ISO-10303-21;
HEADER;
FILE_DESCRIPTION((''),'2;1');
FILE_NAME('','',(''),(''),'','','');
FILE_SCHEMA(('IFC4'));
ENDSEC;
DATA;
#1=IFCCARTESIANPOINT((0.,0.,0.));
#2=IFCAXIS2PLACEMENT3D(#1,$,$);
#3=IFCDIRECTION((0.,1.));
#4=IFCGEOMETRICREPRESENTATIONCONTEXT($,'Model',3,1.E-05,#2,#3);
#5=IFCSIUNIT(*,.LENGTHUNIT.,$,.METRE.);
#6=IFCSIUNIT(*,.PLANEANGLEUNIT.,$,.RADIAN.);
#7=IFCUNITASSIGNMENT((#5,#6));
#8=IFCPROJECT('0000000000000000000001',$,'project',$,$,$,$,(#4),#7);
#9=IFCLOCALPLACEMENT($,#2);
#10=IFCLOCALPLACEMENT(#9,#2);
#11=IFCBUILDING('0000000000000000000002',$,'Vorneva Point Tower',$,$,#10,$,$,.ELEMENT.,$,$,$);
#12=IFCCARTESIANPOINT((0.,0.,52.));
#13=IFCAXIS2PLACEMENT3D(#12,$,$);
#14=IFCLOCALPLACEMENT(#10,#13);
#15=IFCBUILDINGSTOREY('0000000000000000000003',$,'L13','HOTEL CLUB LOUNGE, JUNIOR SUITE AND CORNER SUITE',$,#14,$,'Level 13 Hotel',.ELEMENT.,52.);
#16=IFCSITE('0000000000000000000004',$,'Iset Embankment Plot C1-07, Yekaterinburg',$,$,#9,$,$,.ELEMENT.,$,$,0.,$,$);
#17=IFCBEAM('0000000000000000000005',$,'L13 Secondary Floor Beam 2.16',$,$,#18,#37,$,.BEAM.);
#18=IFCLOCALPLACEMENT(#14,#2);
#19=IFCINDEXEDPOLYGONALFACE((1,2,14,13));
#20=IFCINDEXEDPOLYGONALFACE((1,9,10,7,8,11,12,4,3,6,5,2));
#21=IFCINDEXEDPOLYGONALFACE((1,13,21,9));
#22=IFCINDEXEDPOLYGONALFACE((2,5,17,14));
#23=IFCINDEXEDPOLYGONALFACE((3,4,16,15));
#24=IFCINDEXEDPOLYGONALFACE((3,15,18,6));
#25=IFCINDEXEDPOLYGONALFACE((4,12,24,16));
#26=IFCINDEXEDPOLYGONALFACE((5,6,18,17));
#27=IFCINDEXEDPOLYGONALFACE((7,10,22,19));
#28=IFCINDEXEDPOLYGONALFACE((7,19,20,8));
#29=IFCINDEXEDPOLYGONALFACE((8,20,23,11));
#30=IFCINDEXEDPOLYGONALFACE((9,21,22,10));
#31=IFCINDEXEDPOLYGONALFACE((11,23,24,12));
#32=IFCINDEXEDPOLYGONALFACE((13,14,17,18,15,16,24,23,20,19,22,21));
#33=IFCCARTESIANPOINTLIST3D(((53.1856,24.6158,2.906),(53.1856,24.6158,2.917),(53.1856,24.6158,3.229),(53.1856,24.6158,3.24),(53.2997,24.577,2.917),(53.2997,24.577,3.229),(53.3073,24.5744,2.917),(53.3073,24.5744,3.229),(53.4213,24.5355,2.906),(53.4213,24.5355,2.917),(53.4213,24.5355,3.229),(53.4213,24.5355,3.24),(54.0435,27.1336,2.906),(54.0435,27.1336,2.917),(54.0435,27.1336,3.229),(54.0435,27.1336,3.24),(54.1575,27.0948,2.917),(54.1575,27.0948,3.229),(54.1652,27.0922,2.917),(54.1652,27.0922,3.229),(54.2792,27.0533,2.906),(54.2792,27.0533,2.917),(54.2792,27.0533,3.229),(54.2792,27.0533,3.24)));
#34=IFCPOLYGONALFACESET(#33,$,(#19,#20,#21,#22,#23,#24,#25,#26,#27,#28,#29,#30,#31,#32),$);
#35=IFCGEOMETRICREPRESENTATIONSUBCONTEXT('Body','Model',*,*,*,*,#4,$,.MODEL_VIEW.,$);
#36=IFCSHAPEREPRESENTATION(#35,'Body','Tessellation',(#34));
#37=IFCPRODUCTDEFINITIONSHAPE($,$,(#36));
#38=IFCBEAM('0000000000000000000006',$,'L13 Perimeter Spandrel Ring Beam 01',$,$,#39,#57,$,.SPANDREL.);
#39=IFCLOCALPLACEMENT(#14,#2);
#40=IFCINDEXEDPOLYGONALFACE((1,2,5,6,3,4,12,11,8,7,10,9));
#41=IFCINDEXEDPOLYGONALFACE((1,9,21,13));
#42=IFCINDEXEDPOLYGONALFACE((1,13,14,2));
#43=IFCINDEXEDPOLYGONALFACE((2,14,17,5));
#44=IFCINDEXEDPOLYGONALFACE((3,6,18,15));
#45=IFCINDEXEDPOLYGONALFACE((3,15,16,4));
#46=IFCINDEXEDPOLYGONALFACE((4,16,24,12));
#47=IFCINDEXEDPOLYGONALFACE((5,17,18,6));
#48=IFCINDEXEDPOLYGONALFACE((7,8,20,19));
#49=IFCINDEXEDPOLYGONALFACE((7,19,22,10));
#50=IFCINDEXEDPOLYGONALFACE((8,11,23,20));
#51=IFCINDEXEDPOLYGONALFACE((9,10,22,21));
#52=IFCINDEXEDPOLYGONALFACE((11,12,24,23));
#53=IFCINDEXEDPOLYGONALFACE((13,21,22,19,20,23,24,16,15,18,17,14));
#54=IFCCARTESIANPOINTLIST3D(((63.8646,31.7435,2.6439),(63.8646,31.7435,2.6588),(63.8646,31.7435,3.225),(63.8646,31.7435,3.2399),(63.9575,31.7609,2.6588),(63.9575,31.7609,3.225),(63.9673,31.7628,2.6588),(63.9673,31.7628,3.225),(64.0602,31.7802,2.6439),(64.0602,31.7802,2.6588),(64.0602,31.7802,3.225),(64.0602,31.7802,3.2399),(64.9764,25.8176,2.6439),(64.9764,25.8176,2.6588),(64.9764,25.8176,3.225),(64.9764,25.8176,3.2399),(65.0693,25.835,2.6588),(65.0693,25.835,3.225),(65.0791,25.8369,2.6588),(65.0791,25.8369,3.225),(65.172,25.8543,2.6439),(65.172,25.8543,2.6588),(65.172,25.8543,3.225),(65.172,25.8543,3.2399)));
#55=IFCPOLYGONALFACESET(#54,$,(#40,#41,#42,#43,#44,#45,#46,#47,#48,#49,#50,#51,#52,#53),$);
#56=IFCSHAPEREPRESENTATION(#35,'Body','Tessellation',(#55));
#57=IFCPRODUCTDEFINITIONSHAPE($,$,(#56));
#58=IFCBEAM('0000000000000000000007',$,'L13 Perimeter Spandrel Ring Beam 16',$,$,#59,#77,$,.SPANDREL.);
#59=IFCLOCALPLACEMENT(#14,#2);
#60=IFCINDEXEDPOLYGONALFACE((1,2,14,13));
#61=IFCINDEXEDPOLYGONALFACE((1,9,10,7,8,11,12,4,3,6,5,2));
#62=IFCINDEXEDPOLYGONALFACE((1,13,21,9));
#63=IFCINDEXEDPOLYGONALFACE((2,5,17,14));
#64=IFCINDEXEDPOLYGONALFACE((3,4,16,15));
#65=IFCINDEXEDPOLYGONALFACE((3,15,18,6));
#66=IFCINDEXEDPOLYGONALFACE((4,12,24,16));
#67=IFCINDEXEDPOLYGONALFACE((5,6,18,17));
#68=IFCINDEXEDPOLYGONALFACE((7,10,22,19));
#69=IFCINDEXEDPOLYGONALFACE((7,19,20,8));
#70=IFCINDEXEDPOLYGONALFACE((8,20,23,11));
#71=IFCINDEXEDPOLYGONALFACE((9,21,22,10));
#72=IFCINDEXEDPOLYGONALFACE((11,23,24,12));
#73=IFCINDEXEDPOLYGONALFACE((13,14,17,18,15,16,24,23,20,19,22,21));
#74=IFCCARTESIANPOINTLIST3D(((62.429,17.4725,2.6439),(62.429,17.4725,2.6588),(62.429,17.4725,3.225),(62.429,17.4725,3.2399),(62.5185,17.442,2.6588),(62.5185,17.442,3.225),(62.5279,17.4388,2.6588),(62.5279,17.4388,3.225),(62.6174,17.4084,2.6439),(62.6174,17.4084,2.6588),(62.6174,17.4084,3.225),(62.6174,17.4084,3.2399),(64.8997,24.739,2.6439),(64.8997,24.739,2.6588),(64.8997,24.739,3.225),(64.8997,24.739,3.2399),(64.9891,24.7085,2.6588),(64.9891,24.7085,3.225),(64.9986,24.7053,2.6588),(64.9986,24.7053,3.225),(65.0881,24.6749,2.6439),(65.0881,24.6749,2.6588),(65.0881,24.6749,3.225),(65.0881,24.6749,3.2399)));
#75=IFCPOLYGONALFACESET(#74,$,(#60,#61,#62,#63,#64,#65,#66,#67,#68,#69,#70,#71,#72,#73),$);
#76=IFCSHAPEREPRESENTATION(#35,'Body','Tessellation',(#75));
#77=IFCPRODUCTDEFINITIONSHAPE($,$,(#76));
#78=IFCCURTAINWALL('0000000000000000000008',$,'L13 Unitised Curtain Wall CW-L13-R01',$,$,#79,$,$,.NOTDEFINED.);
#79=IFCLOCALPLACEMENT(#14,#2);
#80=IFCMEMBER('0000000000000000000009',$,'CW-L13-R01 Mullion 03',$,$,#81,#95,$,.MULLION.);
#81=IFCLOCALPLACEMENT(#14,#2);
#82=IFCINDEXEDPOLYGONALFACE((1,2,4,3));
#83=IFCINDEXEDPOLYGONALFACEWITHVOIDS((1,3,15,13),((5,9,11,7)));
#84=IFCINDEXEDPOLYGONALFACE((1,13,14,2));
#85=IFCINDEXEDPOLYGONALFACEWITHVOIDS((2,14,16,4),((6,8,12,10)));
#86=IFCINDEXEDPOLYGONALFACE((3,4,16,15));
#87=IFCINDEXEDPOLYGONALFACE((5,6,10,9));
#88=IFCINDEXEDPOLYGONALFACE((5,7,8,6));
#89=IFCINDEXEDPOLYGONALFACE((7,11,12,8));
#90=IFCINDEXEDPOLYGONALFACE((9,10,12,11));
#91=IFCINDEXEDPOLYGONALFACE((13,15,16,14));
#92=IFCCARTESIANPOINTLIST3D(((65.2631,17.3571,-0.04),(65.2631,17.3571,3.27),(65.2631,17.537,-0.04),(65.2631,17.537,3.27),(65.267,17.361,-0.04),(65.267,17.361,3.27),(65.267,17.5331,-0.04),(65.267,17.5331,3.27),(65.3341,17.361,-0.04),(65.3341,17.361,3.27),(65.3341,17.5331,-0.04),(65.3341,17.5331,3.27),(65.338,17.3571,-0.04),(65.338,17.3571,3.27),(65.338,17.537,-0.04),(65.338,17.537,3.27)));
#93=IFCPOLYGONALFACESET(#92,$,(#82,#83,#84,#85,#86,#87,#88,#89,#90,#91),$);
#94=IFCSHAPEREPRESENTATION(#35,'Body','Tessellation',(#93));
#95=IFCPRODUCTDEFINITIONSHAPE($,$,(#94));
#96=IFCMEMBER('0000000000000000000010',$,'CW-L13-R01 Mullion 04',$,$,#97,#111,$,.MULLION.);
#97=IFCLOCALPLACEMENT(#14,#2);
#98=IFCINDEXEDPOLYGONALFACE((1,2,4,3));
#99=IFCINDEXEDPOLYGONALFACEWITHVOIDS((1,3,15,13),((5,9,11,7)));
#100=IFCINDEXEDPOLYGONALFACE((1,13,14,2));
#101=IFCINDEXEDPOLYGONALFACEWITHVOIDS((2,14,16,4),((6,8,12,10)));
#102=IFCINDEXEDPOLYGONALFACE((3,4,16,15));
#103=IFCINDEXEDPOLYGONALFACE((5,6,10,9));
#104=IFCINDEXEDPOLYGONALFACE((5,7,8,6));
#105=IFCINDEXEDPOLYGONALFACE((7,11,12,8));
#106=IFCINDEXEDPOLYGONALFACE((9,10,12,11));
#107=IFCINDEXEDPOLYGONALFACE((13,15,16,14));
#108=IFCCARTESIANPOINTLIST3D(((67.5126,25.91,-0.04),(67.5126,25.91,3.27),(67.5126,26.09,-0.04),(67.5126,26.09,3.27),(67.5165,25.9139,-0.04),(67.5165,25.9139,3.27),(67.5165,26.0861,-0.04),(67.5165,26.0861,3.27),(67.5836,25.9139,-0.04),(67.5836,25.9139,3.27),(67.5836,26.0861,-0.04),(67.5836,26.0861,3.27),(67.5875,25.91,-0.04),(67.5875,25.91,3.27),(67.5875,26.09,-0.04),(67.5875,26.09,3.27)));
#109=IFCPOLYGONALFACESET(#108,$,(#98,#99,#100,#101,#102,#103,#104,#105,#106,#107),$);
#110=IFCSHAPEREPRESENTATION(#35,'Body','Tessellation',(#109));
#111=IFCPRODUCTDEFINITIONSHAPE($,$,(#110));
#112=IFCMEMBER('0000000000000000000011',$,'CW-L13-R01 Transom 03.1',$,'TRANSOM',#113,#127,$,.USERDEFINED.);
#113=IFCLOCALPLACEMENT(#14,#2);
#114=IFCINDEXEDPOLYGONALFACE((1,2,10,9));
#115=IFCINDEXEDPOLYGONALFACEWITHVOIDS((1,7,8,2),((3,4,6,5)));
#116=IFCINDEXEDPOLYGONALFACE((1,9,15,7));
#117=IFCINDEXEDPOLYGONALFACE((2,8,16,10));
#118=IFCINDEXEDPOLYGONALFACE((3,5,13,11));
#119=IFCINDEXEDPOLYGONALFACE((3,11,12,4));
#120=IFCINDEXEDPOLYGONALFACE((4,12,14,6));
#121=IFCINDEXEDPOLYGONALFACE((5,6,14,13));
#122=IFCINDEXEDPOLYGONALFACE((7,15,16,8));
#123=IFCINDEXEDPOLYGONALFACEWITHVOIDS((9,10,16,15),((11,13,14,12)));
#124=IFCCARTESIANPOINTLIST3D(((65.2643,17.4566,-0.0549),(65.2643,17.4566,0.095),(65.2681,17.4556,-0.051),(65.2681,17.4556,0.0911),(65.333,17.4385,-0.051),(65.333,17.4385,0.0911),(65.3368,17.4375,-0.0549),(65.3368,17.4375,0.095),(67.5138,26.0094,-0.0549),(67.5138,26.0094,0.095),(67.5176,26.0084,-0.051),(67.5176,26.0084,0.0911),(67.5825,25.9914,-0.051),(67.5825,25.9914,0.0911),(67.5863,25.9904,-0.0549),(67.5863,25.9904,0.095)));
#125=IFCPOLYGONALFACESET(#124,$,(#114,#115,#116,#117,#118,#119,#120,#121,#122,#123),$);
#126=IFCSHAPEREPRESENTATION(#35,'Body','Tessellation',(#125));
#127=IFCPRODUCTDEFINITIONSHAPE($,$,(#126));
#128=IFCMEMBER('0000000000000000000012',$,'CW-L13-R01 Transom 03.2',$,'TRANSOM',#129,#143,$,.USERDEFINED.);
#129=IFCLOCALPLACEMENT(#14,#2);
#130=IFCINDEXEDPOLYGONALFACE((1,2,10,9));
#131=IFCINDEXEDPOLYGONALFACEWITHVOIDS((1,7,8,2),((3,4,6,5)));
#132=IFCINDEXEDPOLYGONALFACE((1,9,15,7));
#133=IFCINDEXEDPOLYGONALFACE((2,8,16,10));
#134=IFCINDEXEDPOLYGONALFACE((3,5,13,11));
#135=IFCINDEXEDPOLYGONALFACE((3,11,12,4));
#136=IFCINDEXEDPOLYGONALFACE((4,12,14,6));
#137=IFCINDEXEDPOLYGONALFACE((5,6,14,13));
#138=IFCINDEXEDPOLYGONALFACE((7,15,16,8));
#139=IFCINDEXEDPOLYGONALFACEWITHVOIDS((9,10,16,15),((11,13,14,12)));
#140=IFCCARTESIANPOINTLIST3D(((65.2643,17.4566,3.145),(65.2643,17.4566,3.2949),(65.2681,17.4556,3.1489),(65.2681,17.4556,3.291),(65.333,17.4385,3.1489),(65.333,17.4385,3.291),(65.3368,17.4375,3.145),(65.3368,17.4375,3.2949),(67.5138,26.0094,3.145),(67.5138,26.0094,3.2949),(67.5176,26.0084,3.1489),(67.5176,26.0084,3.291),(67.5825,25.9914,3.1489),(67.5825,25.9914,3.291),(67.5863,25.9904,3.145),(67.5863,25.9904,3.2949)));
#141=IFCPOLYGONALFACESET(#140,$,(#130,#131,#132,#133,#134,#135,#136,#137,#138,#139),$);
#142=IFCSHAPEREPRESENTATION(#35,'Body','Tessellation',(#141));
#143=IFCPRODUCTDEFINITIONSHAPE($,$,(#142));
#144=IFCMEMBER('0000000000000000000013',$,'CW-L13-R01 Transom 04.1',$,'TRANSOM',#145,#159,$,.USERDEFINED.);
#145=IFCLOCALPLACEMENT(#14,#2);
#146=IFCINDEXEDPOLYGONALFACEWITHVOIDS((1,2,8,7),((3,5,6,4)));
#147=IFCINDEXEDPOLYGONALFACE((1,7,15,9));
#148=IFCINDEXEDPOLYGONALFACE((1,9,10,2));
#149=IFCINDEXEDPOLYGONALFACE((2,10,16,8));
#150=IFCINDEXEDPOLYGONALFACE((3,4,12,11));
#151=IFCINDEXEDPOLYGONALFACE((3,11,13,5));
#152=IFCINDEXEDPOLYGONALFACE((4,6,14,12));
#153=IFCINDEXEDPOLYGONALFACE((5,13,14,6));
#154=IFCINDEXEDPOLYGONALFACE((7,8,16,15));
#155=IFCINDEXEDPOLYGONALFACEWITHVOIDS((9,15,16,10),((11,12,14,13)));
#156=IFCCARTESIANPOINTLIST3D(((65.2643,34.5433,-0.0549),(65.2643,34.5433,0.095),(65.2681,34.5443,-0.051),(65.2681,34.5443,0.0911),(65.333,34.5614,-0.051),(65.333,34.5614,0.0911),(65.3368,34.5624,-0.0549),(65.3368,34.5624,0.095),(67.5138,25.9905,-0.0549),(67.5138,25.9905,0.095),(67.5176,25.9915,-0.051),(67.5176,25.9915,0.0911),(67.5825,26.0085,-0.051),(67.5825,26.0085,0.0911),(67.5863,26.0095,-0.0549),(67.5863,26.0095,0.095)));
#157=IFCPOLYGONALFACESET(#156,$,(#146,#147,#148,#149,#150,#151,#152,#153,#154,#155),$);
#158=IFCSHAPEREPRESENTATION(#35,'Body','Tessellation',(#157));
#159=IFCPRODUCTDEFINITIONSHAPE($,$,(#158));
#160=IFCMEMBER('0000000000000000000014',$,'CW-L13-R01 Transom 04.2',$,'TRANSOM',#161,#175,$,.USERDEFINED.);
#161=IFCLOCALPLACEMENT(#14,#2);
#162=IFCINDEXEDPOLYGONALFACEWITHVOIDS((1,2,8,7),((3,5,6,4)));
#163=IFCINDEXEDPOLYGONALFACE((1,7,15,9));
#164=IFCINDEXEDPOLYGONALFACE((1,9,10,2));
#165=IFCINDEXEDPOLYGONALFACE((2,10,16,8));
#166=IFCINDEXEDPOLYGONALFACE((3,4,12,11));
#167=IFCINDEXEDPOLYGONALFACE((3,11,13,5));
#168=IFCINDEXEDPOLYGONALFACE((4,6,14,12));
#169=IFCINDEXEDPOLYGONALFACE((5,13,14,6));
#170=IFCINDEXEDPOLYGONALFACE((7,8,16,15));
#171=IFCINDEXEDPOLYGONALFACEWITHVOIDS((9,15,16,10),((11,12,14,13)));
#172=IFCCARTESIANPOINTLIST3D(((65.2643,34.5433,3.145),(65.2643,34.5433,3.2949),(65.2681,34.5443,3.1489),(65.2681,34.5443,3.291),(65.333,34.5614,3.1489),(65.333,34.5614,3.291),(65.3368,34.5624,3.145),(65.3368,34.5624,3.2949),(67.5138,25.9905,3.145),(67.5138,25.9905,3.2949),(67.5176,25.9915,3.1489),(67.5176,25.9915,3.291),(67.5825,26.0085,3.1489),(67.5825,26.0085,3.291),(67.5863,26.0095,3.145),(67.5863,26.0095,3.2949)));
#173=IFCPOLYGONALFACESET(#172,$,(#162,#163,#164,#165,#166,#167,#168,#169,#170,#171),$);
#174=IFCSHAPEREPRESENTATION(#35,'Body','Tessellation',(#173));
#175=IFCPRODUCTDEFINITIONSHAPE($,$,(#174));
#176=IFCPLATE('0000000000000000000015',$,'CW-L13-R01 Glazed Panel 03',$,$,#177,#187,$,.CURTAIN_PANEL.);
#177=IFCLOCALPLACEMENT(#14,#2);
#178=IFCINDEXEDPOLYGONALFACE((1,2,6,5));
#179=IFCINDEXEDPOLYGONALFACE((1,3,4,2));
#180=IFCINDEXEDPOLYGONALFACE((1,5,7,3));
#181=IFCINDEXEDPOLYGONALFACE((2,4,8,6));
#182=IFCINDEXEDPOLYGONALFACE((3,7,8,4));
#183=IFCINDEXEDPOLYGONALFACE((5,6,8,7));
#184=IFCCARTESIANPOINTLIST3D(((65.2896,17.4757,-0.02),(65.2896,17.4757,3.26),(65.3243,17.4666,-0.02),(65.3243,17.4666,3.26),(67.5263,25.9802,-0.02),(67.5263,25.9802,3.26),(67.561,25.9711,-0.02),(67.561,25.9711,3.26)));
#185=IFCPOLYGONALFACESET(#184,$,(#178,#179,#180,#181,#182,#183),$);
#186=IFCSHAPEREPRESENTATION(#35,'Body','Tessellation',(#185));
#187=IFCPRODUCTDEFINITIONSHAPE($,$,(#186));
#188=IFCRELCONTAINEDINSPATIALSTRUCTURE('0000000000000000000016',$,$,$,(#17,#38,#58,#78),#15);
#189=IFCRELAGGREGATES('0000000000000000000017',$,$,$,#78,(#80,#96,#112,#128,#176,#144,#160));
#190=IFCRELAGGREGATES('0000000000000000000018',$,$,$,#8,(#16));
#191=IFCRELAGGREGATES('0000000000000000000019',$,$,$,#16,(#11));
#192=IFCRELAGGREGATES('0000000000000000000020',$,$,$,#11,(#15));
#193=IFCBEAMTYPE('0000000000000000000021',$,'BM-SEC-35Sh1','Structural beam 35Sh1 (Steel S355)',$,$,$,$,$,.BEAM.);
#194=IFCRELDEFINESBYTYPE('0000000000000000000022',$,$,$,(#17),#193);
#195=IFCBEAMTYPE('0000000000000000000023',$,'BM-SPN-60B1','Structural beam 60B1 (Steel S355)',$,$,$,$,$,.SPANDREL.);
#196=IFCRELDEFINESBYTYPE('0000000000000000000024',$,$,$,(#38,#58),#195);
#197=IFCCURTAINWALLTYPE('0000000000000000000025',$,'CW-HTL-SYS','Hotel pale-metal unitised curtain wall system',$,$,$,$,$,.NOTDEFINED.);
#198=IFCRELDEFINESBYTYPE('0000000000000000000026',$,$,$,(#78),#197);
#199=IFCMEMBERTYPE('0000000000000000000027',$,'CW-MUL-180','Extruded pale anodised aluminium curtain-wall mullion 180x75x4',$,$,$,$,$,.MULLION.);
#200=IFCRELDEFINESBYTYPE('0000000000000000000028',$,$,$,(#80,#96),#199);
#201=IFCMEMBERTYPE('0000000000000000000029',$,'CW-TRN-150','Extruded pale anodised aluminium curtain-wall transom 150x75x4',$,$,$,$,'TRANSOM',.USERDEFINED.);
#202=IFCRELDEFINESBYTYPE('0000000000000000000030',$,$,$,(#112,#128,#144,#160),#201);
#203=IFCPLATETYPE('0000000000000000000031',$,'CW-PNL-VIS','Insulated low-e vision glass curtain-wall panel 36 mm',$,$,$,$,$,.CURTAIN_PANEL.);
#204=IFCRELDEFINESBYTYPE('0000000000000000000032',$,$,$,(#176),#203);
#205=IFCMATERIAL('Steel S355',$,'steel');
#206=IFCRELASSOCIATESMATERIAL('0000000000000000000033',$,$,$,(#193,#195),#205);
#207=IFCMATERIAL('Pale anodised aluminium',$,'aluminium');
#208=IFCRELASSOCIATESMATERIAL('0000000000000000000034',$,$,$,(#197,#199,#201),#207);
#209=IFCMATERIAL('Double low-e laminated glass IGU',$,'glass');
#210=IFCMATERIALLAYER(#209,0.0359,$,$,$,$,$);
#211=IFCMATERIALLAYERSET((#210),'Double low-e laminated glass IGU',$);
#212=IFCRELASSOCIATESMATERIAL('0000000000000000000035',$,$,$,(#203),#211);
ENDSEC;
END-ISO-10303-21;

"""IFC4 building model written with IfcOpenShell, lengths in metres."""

from ifc_helpers import new_model, si_unit, direction, frame, origin, origin_2d, place, context, subcontext, project, spatial, rectangle, hollow_rectangle, i_section, extrude, material, layer, layer_set, material_profile, profile_set, type_object, element, aggregate, save


model = new_model("IFC4")

# Units and contexts
model_context = context("Model", 3, precision=1e-05, world=origin(), true_north=direction((0.0, 1.0)))
body_context = subcontext(model_context, "Body", "Model", "MODEL_VIEW")
ifc_project = project(units=[si_unit("LENGTHUNIT", "METRE"), si_unit("PLANEANGLEUNIT", "RADIAN")], contexts=[model_context])

# Site, building, storey
site_placement = place(None, origin())
site = spatial("IfcSite", under=ifc_project, at=site_placement, Name="Iset Embankment Plot C1-07, Yekaterinburg", CompositionType="ELEMENT", RefElevation=0.0)
building_placement = place(site_placement, origin())
building = spatial("IfcBuilding", under=site, at=building_placement, Name="Vorneva Point Tower", CompositionType="ELEMENT")
storey_placement = place(building_placement, frame((0.0, 0.0, 52.0)))
storey = spatial("IfcBuildingStorey", under=building, at=storey_placement, Name="L13", Description="HOTEL CLUB LOUNGE, JUNIOR SUITE AND CORNER SUITE", LongName="Level 13 Hotel", CompositionType="ELEMENT", Elevation=52.0)

# Beams
ifc_material_1 = material(Name="Steel S355", Category="steel")
ifc_material_profile_1 = material_profile(ifc_material_1, i_section(OverallWidth=0.249, OverallDepth=0.334, WebThickness=0.0081, FlangeThickness=0.011, at=origin_2d()), Name="35Sh1")
ifc_profile_set_1 = profile_set([ifc_material_profile_1], Name="Steel S355")
beam_type_1 = type_object("IfcBeamType", Name="BM-SEC-35Sh1", Description="Structural beam 35Sh1 (Steel S355)", PredefinedType="BEAM", material=ifc_profile_set_1)
beam_1_placement = place(storey_placement, frame((53.3035, 24.5757, 3.073), z_axis=(0.322526, 0.946561, 0.0), x_axis=(-0.946561, 0.322526, 0.0)))
element("IfcBeam", 1, at=beam_1_placement, inside=storey, type_object=beam_type_1, Name="L13 Secondary Floor Beam 2.16", PredefinedType="BEAM", context=body_context, shape_type="SweptSolid", body=[
    extrude(i_section(OverallWidth=0.249, OverallDepth=0.334, WebThickness=0.0081, FlangeThickness=0.011, at=origin_2d()), origin(), (0.0, 0.0, 1.0), 2.6599),
])
ifc_material_profile_2 = material_profile(ifc_material_1, i_section(OverallWidth=0.199, OverallDepth=0.5959, WebThickness=0.01, FlangeThickness=0.0149, at=origin_2d()), Name="60B1")
ifc_profile_set_2 = profile_set([ifc_material_profile_2], Name="Steel S355")
beam_type_2 = type_object("IfcBeamType", Name="BM-SPN-60B1", Description="Structural beam 60B1 (Steel S355)", PredefinedType="SPANDREL", material=ifc_profile_set_2)
beam_2_placement = place(storey_placement, frame((65.0742, 25.8359, 2.9419), z_axis=(-0.184406, 0.98285, 0.0), x_axis=(-0.98285, -0.184406, 0.0)))
element("IfcBeam", 2, at=beam_2_placement, inside=storey, type_object=beam_type_2, Name="L13 Perimeter Spandrel Ring Beam 01", PredefinedType="SPANDREL", context=body_context, shape_type="SweptSolid", body=[
    extrude(i_section(OverallWidth=0.199, OverallDepth=0.5959, WebThickness=0.01, FlangeThickness=0.0149, at=origin_2d()), origin(), (0.0, 0.0, 1.0), 6.0293),
])
beam_3_placement = place(storey_placement, frame((62.5232, 17.4404, 2.9419), z_axis=(0.32191, 0.94677, 0.0), x_axis=(-0.94677, 0.32191, 0.0)))
element("IfcBeam", 3, at=beam_3_placement, inside=storey, type_object=beam_type_2, Name="L13 Perimeter Spandrel Ring Beam 16", PredefinedType="SPANDREL", context=body_context, shape_type="SweptSolid", body=[
    extrude(i_section(OverallWidth=0.199, OverallDepth=0.5959, WebThickness=0.01, FlangeThickness=0.0149, at=origin_2d()), origin(), (0.0, 0.0, 1.0), 7.675),
])

# Curtain wall, members, plate
ifc_material_2 = material(Name="Pale anodised aluminium", Category="aluminium")
curtain_wall_type = type_object("IfcCurtainWallType", Name="CW-HTL-SYS", Description="Hotel pale-metal unitised curtain wall system", PredefinedType="NOTDEFINED", material=ifc_material_2)
curtain_wall_placement = place(storey_placement, origin())
curtain_wall = element("IfcCurtainWall", 4, at=curtain_wall_placement, inside=storey, type_object=curtain_wall_type, Name="L13 Unitised Curtain Wall CW-L13-R01", PredefinedType="NOTDEFINED")
ifc_material_profile_3 = material_profile(ifc_material_2, hollow_rectangle(XDim=0.075, YDim=0.1799, WallThickness=0.0039, at=origin_2d()), Name="AL-MUL 180x75x4")
ifc_profile_set_3 = profile_set([ifc_material_profile_3], Name="Pale anodised aluminium")
member_type_1 = type_object("IfcMemberType", Name="CW-MUL-180", Description="Extruded pale anodised aluminium curtain-wall mullion 180x75x4", PredefinedType="MULLION", material=ifc_profile_set_3)
member_1_placement = place(storey_placement, frame((65.3005, 17.447, -0.04), z_axis=(0.0, 0.0, 1.0), x_axis=(1.0, 0.0, 0.0)))
member_1 = element("IfcMember", 5, at=member_1_placement, type_object=member_type_1, Name="CW-L13-R01 Mullion 03", PredefinedType="MULLION", context=body_context, shape_type="SweptSolid", body=[
    extrude(hollow_rectangle(XDim=0.075, YDim=0.1799, WallThickness=0.0039, at=origin_2d()), origin(), (0.0, 0.0, 1.0), 3.3101),
])
member_2_placement = place(storey_placement, frame((67.55, 26.0, -0.04), z_axis=(0.0, 0.0, 1.0), x_axis=(1.0, 0.0, 0.0)))
member_2 = element("IfcMember", 6, at=member_2_placement, type_object=member_type_1, Name="CW-L13-R01 Mullion 04", PredefinedType="MULLION", context=body_context, shape_type="SweptSolid", body=[
    extrude(hollow_rectangle(XDim=0.075, YDim=0.1799, WallThickness=0.0039, at=origin_2d()), origin(), (0.0, 0.0, 1.0), 3.3101),
])
ifc_material_profile_4 = material_profile(ifc_material_2, hollow_rectangle(XDim=0.075, YDim=0.1499, WallThickness=0.0039, at=origin_2d()), Name="AL-TRN 150x75x4")
ifc_profile_set_4 = profile_set([ifc_material_profile_4], Name="Pale anodised aluminium")
member_type_2 = type_object("IfcMemberType", Name="CW-TRN-150", Description="Extruded pale anodised aluminium curtain-wall transom 150x75x4", ElementType="TRANSOM", PredefinedType="USERDEFINED", material=ifc_profile_set_4)
member_3_placement = place(storey_placement, frame((65.3005, 17.447, 0.02), z_axis=(0.254359, 0.96711, 0.0), x_axis=(-0.96711, 0.254359, 0.0)))
member_3 = element("IfcMember", 7, at=member_3_placement, type_object=member_type_2, Name="CW-L13-R01 Transom 03.1", ObjectType="TRANSOM", PredefinedType="USERDEFINED", context=body_context, shape_type="SweptSolid", body=[
    extrude(hollow_rectangle(XDim=0.075, YDim=0.1499, WallThickness=0.0039, at=origin_2d()), origin(), (0.0, 0.0, 1.0), 8.8438),
])
member_4_placement = place(storey_placement, frame((65.3005, 17.447, 3.22), z_axis=(0.254359, 0.96711, 0.0), x_axis=(-0.96711, 0.254359, 0.0)))
member_4 = element("IfcMember", 8, at=member_4_placement, type_object=member_type_2, Name="CW-L13-R01 Transom 03.2", ObjectType="TRANSOM", PredefinedType="USERDEFINED", context=body_context, shape_type="SweptSolid", body=[
    extrude(hollow_rectangle(XDim=0.075, YDim=0.1499, WallThickness=0.0039, at=origin_2d()), origin(), (0.0, 0.0, 1.0), 8.8438),
])
member_5_placement = place(storey_placement, frame((67.55, 26.0, 0.02), z_axis=(-0.254359, 0.96711, 0.0), x_axis=(-0.96711, -0.254359, 0.0)))
member_5 = element("IfcMember", 9, at=member_5_placement, type_object=member_type_2, Name="CW-L13-R01 Transom 04.1", ObjectType="TRANSOM", PredefinedType="USERDEFINED", context=body_context, shape_type="SweptSolid", body=[
    extrude(hollow_rectangle(XDim=0.075, YDim=0.1499, WallThickness=0.0039, at=origin_2d()), origin(), (0.0, 0.0, 1.0), 8.8438),
])
member_6_placement = place(storey_placement, frame((67.55, 26.0, 3.22), z_axis=(-0.254359, 0.96711, 0.0), x_axis=(-0.96711, -0.254359, 0.0)))
member_6 = element("IfcMember", 10, at=member_6_placement, type_object=member_type_2, Name="CW-L13-R01 Transom 04.2", ObjectType="TRANSOM", PredefinedType="USERDEFINED", context=body_context, shape_type="SweptSolid", body=[
    extrude(hollow_rectangle(XDim=0.075, YDim=0.1499, WallThickness=0.0039, at=origin_2d()), origin(), (0.0, 0.0, 1.0), 8.8438),
])
ifc_material_3 = material(Name="Double low-e laminated glass IGU", Category="glass")
ifc_layer_1 = layer(ifc_material_3, 0.0359)
ifc_layer_set_1 = layer_set([ifc_layer_1], Name="Double low-e laminated glass IGU")
plate_type = type_object("IfcPlateType", Name="CW-PNL-VIS", Description="Insulated low-e vision glass curtain-wall panel 36 mm", PredefinedType="CURTAIN_PANEL", material=ifc_layer_set_1)
plate_placement = place(storey_placement, frame((66.4253, 21.7234, -0.02), z_axis=(0.0, 0.0, 1.0), x_axis=(0.254349, 0.967113, 0.0)))
plate = element("IfcPlate", 11, at=plate_placement, type_object=plate_type, Name="CW-L13-R01 Glazed Panel 03", PredefinedType="CURTAIN_PANEL", context=body_context, shape_type="SweptSolid", body=[
    extrude(rectangle(XDim=8.7937, YDim=0.0359, at=origin_2d()), origin(), (0.0, 0.0, 1.0), 3.28),
])
aggregate(curtain_wall, [member_1, member_2, member_3, member_4, plate, member_5, member_6])

save(model, "model.ifc")
